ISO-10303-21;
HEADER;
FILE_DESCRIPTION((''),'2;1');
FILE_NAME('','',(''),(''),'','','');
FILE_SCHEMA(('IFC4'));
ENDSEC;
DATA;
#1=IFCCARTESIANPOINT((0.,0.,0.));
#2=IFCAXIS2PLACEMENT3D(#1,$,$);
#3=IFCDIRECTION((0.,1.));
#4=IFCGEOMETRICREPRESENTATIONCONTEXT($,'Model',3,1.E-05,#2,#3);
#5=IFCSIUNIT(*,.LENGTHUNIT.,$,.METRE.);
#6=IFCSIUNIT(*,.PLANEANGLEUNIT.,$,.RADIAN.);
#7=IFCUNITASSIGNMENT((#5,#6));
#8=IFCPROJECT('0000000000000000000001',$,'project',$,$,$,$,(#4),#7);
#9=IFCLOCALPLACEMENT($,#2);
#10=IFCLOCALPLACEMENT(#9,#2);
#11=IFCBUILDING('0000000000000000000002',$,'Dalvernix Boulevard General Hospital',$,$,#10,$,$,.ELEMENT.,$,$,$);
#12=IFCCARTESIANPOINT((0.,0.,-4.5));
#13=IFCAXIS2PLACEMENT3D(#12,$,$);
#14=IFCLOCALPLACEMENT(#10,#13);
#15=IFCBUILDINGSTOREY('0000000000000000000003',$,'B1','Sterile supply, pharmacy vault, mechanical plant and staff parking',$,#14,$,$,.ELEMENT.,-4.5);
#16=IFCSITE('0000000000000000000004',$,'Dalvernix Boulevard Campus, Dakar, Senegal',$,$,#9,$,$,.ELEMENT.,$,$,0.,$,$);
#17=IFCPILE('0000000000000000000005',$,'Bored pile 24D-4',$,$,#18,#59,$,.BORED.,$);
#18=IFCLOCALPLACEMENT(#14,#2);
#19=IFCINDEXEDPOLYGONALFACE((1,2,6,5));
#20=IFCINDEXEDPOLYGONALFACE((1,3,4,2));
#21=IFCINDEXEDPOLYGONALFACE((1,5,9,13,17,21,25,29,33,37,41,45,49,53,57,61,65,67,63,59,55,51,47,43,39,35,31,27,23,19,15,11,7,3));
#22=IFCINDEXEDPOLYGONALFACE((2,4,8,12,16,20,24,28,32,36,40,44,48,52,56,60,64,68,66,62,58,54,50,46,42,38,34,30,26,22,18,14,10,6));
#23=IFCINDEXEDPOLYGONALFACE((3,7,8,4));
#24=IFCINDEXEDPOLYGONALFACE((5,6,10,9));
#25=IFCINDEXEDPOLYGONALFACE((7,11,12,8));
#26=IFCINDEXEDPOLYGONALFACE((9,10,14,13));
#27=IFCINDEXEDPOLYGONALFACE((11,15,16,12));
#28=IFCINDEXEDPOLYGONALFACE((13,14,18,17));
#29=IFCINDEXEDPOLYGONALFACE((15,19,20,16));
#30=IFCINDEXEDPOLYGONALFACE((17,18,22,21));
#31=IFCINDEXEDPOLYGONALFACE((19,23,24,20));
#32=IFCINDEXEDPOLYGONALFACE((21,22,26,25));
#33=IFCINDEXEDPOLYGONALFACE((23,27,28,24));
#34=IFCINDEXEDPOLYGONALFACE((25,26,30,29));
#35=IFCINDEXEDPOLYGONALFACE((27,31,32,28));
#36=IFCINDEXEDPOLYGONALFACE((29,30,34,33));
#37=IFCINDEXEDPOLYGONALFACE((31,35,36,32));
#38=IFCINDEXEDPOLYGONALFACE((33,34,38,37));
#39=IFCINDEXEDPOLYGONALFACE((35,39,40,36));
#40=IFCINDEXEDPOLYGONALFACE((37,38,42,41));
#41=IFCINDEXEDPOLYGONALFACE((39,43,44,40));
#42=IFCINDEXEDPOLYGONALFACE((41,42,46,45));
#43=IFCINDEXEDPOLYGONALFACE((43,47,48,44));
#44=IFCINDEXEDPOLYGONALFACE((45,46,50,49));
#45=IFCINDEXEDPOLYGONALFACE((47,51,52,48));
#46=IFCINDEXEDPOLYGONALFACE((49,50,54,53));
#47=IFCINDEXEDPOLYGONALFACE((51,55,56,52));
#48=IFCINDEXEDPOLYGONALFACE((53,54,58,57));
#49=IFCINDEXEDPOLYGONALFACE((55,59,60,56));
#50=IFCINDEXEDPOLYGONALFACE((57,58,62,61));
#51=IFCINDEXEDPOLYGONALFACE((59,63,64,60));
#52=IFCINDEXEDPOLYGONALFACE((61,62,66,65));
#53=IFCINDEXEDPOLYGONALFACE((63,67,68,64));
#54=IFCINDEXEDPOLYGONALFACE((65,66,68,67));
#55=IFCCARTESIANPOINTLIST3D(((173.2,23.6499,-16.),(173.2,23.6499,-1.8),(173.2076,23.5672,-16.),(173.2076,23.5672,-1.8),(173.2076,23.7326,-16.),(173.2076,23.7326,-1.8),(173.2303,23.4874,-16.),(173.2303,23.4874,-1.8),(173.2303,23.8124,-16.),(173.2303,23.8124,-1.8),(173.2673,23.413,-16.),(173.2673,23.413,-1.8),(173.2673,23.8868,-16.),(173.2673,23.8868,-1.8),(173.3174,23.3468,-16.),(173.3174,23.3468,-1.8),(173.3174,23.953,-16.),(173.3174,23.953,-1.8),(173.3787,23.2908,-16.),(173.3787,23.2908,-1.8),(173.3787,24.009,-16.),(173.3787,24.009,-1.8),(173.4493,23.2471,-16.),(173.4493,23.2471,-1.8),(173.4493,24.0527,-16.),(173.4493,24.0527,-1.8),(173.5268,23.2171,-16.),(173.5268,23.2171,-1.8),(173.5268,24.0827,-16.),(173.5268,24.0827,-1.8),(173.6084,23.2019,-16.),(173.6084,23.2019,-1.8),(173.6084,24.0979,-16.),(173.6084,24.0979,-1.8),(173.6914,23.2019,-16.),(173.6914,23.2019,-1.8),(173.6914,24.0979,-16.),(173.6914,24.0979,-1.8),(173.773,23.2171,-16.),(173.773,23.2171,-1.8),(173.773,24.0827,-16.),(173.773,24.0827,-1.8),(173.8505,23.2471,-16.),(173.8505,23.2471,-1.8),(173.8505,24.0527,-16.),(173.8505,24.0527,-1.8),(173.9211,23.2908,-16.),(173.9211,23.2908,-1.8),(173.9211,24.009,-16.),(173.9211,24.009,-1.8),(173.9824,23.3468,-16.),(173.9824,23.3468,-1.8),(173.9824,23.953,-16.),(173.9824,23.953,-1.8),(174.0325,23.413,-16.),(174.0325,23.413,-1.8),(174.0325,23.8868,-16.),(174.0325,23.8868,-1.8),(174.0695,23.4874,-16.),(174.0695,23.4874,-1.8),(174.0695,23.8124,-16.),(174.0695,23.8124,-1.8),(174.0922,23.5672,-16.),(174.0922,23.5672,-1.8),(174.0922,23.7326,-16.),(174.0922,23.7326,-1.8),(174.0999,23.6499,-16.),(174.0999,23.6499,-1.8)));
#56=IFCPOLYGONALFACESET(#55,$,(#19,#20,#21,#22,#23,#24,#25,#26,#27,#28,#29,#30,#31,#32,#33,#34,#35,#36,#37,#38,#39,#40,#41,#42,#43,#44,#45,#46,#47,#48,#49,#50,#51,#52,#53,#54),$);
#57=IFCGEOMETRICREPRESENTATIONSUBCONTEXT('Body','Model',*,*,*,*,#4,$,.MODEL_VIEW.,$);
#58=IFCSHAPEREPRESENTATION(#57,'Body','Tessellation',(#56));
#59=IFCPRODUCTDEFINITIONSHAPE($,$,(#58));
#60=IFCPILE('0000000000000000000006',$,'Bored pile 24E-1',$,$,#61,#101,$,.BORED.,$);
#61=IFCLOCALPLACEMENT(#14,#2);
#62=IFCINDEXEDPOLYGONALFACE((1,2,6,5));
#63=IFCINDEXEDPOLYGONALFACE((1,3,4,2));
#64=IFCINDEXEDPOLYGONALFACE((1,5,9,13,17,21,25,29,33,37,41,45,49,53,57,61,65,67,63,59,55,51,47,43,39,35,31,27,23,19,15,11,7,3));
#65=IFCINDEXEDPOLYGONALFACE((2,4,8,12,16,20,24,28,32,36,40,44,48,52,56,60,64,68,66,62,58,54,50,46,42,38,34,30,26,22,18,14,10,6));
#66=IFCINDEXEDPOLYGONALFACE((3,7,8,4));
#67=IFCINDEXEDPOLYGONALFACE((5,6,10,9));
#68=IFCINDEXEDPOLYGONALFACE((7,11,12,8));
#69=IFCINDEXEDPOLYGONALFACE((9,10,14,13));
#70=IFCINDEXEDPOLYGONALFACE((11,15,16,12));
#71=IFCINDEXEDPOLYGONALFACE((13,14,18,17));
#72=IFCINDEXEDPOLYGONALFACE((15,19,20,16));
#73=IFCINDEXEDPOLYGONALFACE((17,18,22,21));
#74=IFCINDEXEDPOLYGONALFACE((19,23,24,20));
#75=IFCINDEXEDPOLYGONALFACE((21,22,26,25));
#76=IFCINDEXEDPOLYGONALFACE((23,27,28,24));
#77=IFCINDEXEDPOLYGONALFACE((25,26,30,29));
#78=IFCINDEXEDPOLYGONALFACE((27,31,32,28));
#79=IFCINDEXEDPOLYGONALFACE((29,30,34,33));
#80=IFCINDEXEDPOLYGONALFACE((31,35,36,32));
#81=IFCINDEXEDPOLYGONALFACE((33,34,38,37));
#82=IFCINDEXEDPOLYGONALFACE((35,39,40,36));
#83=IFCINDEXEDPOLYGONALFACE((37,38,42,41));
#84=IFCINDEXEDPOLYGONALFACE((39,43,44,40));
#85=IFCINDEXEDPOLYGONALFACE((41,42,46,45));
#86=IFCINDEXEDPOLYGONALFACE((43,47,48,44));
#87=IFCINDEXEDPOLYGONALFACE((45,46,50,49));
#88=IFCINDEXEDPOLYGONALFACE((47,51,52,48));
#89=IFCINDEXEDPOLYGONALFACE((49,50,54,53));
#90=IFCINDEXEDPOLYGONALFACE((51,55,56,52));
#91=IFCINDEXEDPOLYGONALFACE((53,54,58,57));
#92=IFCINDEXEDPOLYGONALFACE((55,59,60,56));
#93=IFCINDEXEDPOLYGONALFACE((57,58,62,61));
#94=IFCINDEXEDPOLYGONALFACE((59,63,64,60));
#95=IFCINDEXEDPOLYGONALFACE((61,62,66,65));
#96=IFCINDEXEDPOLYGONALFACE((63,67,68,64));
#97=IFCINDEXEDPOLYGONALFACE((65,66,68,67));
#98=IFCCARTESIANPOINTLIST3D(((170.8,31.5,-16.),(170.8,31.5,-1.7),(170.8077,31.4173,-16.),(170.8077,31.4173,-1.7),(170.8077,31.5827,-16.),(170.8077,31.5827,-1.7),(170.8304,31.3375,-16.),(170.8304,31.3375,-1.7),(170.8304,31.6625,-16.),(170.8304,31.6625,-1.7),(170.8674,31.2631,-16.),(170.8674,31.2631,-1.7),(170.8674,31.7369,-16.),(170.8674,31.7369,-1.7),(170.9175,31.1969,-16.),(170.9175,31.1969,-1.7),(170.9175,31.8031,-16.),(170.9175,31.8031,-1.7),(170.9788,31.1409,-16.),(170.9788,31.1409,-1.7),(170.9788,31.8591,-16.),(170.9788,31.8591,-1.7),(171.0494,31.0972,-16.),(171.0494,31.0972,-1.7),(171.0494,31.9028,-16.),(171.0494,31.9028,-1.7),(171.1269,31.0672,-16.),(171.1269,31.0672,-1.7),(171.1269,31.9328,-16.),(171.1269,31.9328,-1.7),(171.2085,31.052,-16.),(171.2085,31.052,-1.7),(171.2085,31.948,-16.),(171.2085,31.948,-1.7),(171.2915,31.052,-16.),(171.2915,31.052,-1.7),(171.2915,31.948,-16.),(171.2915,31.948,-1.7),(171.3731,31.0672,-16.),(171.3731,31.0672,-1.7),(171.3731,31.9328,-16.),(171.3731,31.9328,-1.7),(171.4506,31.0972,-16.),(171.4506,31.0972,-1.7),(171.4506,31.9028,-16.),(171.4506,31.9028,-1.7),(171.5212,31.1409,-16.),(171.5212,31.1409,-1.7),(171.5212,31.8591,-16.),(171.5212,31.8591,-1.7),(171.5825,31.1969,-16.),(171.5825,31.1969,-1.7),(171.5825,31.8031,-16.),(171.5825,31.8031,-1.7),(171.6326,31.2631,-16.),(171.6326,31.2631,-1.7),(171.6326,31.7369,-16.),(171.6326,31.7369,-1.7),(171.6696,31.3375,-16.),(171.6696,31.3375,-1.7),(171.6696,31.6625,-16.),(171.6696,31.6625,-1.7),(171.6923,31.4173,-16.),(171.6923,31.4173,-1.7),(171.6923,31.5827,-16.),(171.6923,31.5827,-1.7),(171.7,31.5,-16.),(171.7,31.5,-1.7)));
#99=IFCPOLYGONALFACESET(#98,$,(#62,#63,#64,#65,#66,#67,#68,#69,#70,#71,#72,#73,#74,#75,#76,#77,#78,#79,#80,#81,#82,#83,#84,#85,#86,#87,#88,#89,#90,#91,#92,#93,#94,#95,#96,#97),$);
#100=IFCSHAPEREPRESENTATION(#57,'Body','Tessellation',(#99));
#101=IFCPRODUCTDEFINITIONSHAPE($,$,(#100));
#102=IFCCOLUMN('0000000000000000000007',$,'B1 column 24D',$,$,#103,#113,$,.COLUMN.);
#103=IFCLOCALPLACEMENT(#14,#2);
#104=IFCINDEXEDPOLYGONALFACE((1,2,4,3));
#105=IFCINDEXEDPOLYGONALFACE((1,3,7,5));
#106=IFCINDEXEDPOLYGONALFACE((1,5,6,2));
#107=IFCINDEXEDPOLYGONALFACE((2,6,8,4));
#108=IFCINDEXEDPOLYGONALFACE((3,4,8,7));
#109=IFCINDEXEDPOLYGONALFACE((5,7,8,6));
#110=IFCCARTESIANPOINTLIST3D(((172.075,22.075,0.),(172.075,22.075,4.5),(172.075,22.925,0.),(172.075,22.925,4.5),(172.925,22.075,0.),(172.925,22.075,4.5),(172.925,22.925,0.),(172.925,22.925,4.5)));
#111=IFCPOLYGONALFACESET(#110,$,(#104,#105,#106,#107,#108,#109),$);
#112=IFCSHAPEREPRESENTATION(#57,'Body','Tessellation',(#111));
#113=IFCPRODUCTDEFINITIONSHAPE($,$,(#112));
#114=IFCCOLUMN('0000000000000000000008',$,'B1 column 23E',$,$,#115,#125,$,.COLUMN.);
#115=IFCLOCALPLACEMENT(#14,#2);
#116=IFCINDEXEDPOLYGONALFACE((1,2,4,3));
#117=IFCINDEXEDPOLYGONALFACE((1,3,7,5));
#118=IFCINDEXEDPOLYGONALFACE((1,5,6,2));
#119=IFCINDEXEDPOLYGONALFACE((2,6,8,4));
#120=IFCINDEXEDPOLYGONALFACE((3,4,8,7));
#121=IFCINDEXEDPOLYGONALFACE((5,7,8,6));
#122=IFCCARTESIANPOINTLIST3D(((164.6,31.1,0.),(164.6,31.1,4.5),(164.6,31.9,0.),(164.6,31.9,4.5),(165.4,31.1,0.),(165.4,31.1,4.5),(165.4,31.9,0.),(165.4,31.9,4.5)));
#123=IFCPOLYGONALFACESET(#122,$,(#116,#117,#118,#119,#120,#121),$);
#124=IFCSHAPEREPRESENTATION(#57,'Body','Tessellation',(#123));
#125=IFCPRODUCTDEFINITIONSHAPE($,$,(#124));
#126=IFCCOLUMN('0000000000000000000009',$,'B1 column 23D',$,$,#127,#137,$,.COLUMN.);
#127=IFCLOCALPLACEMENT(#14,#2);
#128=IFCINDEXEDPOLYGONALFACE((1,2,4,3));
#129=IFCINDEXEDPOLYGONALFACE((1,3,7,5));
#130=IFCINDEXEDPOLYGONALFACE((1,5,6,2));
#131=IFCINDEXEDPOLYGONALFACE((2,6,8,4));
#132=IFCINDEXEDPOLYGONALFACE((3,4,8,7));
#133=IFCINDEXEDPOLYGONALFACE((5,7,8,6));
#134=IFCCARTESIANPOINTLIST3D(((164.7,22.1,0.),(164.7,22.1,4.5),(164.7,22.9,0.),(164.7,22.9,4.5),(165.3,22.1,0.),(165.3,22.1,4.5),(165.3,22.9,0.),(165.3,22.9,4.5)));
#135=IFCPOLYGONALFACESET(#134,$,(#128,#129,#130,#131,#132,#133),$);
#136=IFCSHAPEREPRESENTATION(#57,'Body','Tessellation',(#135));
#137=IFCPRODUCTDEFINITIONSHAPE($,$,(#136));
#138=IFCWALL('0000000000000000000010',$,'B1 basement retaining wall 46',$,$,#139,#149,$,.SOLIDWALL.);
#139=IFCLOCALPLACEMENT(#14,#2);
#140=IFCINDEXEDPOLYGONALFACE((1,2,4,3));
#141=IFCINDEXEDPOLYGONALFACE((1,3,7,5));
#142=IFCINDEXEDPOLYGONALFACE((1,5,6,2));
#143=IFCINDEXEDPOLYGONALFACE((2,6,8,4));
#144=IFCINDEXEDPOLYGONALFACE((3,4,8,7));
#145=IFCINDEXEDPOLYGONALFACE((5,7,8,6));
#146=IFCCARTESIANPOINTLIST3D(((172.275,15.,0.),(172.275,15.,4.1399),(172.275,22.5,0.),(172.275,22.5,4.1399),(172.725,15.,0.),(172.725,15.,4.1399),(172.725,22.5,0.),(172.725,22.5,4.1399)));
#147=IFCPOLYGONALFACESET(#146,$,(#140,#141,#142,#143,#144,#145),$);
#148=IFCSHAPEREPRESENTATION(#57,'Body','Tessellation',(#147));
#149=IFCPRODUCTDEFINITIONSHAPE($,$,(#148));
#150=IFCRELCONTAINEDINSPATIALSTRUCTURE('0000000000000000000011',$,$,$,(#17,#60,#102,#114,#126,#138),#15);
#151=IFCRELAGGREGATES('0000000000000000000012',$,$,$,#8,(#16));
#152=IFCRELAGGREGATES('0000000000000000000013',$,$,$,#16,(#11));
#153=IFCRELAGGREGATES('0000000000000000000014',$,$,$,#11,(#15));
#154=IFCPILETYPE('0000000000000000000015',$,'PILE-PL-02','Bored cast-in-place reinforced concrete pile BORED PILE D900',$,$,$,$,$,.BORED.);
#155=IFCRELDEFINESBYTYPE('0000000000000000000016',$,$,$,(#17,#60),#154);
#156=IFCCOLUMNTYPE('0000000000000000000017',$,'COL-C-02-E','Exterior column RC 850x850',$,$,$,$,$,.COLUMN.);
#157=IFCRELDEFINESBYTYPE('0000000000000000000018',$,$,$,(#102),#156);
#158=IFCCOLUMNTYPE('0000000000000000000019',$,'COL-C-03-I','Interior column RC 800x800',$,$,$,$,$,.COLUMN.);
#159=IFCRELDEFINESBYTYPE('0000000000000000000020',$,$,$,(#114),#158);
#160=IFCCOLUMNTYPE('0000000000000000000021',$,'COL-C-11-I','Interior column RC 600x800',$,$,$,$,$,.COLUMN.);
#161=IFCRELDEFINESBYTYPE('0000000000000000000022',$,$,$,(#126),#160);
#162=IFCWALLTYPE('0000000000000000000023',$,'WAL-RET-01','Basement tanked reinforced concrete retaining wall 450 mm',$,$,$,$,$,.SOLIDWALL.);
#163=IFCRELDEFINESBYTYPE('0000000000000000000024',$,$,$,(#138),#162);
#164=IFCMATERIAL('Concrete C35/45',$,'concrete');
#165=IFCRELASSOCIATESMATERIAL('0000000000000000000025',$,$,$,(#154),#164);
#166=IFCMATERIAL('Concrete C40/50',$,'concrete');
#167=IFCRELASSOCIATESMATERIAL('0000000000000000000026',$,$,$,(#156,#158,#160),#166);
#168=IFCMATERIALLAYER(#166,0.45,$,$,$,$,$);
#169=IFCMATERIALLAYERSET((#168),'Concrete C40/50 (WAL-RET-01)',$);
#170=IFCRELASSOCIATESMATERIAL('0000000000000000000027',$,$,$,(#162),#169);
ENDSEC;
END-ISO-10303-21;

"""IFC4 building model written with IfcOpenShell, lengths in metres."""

from ifc_helpers import new_model, si_unit, direction, frame, frame_2d, origin, origin_2d, place, context, subcontext, project, spatial, rectangle, circle, extrude, material, layer, layer_set, material_profile, profile_set, type_object, element, save


model = new_model("IFC4")

# Units and contexts
model_context = context("Model", 3, precision=1e-05, world=origin(), true_north=direction((0.0, 1.0)))
body_context = subcontext(model_context, "Body", "Model", "MODEL_VIEW")
ifc_project = project(units=[si_unit("LENGTHUNIT", "METRE"), si_unit("PLANEANGLEUNIT", "RADIAN")], contexts=[model_context])

# Site, building, storey
site_placement = place(None, origin())
site = spatial("IfcSite", under=ifc_project, at=site_placement, Name="Dalvernix Boulevard Campus, Dakar, Senegal", CompositionType="ELEMENT", RefElevation=0.0)
building_placement = place(site_placement, origin())
building = spatial("IfcBuilding", under=site, at=building_placement, Name="Dalvernix Boulevard General Hospital", CompositionType="ELEMENT")
storey_placement = place(building_placement, frame((0.0, 0.0, -4.5)))
storey = spatial("IfcBuildingStorey", under=building, at=storey_placement, Name="B1", Description="Sterile supply, pharmacy vault, mechanical plant and staff parking", CompositionType="ELEMENT", Elevation=-4.5)

# Shared definitions
ifc_material_1 = material(Name="Concrete C35/45", Category="concrete")
ifc_material_2 = material(Name="Concrete C40/50", Category="concrete")

# Piles
ifc_material_profile_1 = material_profile(ifc_material_1, circle(Radius=0.45, at=origin_2d()), Name="BORED PILE D900")
ifc_profile_set_1 = profile_set([ifc_material_profile_1], Name="Concrete C35/45")
pile_type = type_object("IfcPileType", Name="PILE-PL-02", Description="Bored cast-in-place reinforced concrete pile BORED PILE D900", PredefinedType="BORED", material=ifc_profile_set_1)
for number, where, z_axis, x_axis, name in (
    (1, (173.6499, 23.6499, -1.8), (0.0, 0.0, -1.0), (1.0, 0.0, 0.0), "Bored pile 24D-4"),
):
    element("IfcPile", number, at=place(storey_placement, frame(where, z_axis=z_axis, x_axis=x_axis)), inside=storey, type_object=pile_type, Name=name, PredefinedType="BORED", context=body_context, shape_type="SweptSolid", body=[
        extrude(circle(Radius=0.45, at=origin_2d()), origin(), (0.0, 0.0, 1.0), 14.2),
    ])
pile_1_placement = place(storey_placement, frame((171.25, 31.5, -1.7), z_axis=(0.0, 0.0, -1.0), x_axis=(1.0, 0.0, 0.0)))
element("IfcPile", 2, at=pile_1_placement, inside=storey, type_object=pile_type, Name="Bored pile 24E-1", PredefinedType="BORED", context=body_context, shape_type="SweptSolid", body=[
    extrude(circle(Radius=0.45, at=origin_2d()), origin(), (0.0, 0.0, 1.0), 14.3),
])

# Columns
ifc_material_profile_2 = material_profile(ifc_material_2, rectangle(XDim=0.8501, YDim=0.8501, at=origin_2d()), Name="RC 850x850")
ifc_profile_set_2 = profile_set([ifc_material_profile_2], Name="Concrete C40/50")
column_type_1 = type_object("IfcColumnType", Name="COL-C-02-E", Description="Exterior column RC 850x850", PredefinedType="COLUMN", material=ifc_profile_set_2)
column_1_placement = place(storey_placement, frame((172.5, 22.5, 0.0), z_axis=(0.0, 0.0, 1.0), x_axis=(1.0, 0.0, 0.0)))
element("IfcColumn", 3, at=column_1_placement, inside=storey, type_object=column_type_1, Name="B1 column 24D", PredefinedType="COLUMN", context=body_context, shape_type="SweptSolid", body=[
    extrude(rectangle(XDim=0.8501, YDim=0.8501, at=origin_2d()), origin(), (0.0, 0.0, 1.0), 4.5),
])
ifc_material_profile_3 = material_profile(ifc_material_2, rectangle(XDim=0.8, YDim=0.8, at=origin_2d()), Name="RC 800x800")
ifc_profile_set_3 = profile_set([ifc_material_profile_3], Name="Concrete C40/50")
column_type_2 = type_object("IfcColumnType", Name="COL-C-03-I", Description="Interior column RC 800x800", PredefinedType="COLUMN", material=ifc_profile_set_3)
column_2_placement = place(storey_placement, frame((165.0, 31.5, 0.0), z_axis=(0.0, 0.0, 1.0), x_axis=(1.0, 0.0, 0.0)))
element("IfcColumn", 4, at=column_2_placement, inside=storey, type_object=column_type_2, Name="B1 column 23E", PredefinedType="COLUMN", context=body_context, shape_type="SweptSolid", body=[
    extrude(rectangle(XDim=0.8, YDim=0.8, at=origin_2d()), origin(), (0.0, 0.0, 1.0), 4.5),
])
ifc_material_profile_4 = material_profile(ifc_material_2, rectangle(XDim=0.6001, YDim=0.8, at=origin_2d()), Name="RC 600x800")
ifc_profile_set_4 = profile_set([ifc_material_profile_4], Name="Concrete C40/50")
column_type_3 = type_object("IfcColumnType", Name="COL-C-11-I", Description="Interior column RC 600x800", PredefinedType="COLUMN", material=ifc_profile_set_4)
column_3_placement = place(storey_placement, frame((165.0, 22.5, 0.0), z_axis=(0.0, 0.0, 1.0), x_axis=(1.0, 0.0, 0.0)))
element("IfcColumn", 5, at=column_3_placement, inside=storey, type_object=column_type_3, Name="B1 column 23D", PredefinedType="COLUMN", context=body_context, shape_type="SweptSolid", body=[
    extrude(rectangle(XDim=0.6001, YDim=0.8, at=origin_2d()), origin(), (0.0, 0.0, 1.0), 4.5),
])

# Wall
ifc_layer = layer(ifc_material_2, 0.45)
ifc_layer_set = layer_set([ifc_layer], Name="Concrete C40/50 (WAL-RET-01)")
wall_type = type_object("IfcWallType", Name="WAL-RET-01", Description="Basement tanked reinforced concrete retaining wall 450 mm", PredefinedType="SOLIDWALL", material=ifc_layer_set)
wall_placement = place(storey_placement, frame((172.5, 22.5, 0.0), z_axis=(0.0, 0.0, 1.0), x_axis=(0.0, -1.0, 0.0)))
element("IfcWall", 6, at=wall_placement, inside=storey, type_object=wall_type, Name="B1 basement retaining wall 46", PredefinedType="SOLIDWALL", context=body_context, shape_type="SweptSolid", body=[
    extrude(rectangle(XDim=7.5, YDim=0.45, at=frame_2d((3.75, 0.0))), origin(), (0.0, 0.0, 1.0), 4.1399),
])

save(model, "model.ifc")
